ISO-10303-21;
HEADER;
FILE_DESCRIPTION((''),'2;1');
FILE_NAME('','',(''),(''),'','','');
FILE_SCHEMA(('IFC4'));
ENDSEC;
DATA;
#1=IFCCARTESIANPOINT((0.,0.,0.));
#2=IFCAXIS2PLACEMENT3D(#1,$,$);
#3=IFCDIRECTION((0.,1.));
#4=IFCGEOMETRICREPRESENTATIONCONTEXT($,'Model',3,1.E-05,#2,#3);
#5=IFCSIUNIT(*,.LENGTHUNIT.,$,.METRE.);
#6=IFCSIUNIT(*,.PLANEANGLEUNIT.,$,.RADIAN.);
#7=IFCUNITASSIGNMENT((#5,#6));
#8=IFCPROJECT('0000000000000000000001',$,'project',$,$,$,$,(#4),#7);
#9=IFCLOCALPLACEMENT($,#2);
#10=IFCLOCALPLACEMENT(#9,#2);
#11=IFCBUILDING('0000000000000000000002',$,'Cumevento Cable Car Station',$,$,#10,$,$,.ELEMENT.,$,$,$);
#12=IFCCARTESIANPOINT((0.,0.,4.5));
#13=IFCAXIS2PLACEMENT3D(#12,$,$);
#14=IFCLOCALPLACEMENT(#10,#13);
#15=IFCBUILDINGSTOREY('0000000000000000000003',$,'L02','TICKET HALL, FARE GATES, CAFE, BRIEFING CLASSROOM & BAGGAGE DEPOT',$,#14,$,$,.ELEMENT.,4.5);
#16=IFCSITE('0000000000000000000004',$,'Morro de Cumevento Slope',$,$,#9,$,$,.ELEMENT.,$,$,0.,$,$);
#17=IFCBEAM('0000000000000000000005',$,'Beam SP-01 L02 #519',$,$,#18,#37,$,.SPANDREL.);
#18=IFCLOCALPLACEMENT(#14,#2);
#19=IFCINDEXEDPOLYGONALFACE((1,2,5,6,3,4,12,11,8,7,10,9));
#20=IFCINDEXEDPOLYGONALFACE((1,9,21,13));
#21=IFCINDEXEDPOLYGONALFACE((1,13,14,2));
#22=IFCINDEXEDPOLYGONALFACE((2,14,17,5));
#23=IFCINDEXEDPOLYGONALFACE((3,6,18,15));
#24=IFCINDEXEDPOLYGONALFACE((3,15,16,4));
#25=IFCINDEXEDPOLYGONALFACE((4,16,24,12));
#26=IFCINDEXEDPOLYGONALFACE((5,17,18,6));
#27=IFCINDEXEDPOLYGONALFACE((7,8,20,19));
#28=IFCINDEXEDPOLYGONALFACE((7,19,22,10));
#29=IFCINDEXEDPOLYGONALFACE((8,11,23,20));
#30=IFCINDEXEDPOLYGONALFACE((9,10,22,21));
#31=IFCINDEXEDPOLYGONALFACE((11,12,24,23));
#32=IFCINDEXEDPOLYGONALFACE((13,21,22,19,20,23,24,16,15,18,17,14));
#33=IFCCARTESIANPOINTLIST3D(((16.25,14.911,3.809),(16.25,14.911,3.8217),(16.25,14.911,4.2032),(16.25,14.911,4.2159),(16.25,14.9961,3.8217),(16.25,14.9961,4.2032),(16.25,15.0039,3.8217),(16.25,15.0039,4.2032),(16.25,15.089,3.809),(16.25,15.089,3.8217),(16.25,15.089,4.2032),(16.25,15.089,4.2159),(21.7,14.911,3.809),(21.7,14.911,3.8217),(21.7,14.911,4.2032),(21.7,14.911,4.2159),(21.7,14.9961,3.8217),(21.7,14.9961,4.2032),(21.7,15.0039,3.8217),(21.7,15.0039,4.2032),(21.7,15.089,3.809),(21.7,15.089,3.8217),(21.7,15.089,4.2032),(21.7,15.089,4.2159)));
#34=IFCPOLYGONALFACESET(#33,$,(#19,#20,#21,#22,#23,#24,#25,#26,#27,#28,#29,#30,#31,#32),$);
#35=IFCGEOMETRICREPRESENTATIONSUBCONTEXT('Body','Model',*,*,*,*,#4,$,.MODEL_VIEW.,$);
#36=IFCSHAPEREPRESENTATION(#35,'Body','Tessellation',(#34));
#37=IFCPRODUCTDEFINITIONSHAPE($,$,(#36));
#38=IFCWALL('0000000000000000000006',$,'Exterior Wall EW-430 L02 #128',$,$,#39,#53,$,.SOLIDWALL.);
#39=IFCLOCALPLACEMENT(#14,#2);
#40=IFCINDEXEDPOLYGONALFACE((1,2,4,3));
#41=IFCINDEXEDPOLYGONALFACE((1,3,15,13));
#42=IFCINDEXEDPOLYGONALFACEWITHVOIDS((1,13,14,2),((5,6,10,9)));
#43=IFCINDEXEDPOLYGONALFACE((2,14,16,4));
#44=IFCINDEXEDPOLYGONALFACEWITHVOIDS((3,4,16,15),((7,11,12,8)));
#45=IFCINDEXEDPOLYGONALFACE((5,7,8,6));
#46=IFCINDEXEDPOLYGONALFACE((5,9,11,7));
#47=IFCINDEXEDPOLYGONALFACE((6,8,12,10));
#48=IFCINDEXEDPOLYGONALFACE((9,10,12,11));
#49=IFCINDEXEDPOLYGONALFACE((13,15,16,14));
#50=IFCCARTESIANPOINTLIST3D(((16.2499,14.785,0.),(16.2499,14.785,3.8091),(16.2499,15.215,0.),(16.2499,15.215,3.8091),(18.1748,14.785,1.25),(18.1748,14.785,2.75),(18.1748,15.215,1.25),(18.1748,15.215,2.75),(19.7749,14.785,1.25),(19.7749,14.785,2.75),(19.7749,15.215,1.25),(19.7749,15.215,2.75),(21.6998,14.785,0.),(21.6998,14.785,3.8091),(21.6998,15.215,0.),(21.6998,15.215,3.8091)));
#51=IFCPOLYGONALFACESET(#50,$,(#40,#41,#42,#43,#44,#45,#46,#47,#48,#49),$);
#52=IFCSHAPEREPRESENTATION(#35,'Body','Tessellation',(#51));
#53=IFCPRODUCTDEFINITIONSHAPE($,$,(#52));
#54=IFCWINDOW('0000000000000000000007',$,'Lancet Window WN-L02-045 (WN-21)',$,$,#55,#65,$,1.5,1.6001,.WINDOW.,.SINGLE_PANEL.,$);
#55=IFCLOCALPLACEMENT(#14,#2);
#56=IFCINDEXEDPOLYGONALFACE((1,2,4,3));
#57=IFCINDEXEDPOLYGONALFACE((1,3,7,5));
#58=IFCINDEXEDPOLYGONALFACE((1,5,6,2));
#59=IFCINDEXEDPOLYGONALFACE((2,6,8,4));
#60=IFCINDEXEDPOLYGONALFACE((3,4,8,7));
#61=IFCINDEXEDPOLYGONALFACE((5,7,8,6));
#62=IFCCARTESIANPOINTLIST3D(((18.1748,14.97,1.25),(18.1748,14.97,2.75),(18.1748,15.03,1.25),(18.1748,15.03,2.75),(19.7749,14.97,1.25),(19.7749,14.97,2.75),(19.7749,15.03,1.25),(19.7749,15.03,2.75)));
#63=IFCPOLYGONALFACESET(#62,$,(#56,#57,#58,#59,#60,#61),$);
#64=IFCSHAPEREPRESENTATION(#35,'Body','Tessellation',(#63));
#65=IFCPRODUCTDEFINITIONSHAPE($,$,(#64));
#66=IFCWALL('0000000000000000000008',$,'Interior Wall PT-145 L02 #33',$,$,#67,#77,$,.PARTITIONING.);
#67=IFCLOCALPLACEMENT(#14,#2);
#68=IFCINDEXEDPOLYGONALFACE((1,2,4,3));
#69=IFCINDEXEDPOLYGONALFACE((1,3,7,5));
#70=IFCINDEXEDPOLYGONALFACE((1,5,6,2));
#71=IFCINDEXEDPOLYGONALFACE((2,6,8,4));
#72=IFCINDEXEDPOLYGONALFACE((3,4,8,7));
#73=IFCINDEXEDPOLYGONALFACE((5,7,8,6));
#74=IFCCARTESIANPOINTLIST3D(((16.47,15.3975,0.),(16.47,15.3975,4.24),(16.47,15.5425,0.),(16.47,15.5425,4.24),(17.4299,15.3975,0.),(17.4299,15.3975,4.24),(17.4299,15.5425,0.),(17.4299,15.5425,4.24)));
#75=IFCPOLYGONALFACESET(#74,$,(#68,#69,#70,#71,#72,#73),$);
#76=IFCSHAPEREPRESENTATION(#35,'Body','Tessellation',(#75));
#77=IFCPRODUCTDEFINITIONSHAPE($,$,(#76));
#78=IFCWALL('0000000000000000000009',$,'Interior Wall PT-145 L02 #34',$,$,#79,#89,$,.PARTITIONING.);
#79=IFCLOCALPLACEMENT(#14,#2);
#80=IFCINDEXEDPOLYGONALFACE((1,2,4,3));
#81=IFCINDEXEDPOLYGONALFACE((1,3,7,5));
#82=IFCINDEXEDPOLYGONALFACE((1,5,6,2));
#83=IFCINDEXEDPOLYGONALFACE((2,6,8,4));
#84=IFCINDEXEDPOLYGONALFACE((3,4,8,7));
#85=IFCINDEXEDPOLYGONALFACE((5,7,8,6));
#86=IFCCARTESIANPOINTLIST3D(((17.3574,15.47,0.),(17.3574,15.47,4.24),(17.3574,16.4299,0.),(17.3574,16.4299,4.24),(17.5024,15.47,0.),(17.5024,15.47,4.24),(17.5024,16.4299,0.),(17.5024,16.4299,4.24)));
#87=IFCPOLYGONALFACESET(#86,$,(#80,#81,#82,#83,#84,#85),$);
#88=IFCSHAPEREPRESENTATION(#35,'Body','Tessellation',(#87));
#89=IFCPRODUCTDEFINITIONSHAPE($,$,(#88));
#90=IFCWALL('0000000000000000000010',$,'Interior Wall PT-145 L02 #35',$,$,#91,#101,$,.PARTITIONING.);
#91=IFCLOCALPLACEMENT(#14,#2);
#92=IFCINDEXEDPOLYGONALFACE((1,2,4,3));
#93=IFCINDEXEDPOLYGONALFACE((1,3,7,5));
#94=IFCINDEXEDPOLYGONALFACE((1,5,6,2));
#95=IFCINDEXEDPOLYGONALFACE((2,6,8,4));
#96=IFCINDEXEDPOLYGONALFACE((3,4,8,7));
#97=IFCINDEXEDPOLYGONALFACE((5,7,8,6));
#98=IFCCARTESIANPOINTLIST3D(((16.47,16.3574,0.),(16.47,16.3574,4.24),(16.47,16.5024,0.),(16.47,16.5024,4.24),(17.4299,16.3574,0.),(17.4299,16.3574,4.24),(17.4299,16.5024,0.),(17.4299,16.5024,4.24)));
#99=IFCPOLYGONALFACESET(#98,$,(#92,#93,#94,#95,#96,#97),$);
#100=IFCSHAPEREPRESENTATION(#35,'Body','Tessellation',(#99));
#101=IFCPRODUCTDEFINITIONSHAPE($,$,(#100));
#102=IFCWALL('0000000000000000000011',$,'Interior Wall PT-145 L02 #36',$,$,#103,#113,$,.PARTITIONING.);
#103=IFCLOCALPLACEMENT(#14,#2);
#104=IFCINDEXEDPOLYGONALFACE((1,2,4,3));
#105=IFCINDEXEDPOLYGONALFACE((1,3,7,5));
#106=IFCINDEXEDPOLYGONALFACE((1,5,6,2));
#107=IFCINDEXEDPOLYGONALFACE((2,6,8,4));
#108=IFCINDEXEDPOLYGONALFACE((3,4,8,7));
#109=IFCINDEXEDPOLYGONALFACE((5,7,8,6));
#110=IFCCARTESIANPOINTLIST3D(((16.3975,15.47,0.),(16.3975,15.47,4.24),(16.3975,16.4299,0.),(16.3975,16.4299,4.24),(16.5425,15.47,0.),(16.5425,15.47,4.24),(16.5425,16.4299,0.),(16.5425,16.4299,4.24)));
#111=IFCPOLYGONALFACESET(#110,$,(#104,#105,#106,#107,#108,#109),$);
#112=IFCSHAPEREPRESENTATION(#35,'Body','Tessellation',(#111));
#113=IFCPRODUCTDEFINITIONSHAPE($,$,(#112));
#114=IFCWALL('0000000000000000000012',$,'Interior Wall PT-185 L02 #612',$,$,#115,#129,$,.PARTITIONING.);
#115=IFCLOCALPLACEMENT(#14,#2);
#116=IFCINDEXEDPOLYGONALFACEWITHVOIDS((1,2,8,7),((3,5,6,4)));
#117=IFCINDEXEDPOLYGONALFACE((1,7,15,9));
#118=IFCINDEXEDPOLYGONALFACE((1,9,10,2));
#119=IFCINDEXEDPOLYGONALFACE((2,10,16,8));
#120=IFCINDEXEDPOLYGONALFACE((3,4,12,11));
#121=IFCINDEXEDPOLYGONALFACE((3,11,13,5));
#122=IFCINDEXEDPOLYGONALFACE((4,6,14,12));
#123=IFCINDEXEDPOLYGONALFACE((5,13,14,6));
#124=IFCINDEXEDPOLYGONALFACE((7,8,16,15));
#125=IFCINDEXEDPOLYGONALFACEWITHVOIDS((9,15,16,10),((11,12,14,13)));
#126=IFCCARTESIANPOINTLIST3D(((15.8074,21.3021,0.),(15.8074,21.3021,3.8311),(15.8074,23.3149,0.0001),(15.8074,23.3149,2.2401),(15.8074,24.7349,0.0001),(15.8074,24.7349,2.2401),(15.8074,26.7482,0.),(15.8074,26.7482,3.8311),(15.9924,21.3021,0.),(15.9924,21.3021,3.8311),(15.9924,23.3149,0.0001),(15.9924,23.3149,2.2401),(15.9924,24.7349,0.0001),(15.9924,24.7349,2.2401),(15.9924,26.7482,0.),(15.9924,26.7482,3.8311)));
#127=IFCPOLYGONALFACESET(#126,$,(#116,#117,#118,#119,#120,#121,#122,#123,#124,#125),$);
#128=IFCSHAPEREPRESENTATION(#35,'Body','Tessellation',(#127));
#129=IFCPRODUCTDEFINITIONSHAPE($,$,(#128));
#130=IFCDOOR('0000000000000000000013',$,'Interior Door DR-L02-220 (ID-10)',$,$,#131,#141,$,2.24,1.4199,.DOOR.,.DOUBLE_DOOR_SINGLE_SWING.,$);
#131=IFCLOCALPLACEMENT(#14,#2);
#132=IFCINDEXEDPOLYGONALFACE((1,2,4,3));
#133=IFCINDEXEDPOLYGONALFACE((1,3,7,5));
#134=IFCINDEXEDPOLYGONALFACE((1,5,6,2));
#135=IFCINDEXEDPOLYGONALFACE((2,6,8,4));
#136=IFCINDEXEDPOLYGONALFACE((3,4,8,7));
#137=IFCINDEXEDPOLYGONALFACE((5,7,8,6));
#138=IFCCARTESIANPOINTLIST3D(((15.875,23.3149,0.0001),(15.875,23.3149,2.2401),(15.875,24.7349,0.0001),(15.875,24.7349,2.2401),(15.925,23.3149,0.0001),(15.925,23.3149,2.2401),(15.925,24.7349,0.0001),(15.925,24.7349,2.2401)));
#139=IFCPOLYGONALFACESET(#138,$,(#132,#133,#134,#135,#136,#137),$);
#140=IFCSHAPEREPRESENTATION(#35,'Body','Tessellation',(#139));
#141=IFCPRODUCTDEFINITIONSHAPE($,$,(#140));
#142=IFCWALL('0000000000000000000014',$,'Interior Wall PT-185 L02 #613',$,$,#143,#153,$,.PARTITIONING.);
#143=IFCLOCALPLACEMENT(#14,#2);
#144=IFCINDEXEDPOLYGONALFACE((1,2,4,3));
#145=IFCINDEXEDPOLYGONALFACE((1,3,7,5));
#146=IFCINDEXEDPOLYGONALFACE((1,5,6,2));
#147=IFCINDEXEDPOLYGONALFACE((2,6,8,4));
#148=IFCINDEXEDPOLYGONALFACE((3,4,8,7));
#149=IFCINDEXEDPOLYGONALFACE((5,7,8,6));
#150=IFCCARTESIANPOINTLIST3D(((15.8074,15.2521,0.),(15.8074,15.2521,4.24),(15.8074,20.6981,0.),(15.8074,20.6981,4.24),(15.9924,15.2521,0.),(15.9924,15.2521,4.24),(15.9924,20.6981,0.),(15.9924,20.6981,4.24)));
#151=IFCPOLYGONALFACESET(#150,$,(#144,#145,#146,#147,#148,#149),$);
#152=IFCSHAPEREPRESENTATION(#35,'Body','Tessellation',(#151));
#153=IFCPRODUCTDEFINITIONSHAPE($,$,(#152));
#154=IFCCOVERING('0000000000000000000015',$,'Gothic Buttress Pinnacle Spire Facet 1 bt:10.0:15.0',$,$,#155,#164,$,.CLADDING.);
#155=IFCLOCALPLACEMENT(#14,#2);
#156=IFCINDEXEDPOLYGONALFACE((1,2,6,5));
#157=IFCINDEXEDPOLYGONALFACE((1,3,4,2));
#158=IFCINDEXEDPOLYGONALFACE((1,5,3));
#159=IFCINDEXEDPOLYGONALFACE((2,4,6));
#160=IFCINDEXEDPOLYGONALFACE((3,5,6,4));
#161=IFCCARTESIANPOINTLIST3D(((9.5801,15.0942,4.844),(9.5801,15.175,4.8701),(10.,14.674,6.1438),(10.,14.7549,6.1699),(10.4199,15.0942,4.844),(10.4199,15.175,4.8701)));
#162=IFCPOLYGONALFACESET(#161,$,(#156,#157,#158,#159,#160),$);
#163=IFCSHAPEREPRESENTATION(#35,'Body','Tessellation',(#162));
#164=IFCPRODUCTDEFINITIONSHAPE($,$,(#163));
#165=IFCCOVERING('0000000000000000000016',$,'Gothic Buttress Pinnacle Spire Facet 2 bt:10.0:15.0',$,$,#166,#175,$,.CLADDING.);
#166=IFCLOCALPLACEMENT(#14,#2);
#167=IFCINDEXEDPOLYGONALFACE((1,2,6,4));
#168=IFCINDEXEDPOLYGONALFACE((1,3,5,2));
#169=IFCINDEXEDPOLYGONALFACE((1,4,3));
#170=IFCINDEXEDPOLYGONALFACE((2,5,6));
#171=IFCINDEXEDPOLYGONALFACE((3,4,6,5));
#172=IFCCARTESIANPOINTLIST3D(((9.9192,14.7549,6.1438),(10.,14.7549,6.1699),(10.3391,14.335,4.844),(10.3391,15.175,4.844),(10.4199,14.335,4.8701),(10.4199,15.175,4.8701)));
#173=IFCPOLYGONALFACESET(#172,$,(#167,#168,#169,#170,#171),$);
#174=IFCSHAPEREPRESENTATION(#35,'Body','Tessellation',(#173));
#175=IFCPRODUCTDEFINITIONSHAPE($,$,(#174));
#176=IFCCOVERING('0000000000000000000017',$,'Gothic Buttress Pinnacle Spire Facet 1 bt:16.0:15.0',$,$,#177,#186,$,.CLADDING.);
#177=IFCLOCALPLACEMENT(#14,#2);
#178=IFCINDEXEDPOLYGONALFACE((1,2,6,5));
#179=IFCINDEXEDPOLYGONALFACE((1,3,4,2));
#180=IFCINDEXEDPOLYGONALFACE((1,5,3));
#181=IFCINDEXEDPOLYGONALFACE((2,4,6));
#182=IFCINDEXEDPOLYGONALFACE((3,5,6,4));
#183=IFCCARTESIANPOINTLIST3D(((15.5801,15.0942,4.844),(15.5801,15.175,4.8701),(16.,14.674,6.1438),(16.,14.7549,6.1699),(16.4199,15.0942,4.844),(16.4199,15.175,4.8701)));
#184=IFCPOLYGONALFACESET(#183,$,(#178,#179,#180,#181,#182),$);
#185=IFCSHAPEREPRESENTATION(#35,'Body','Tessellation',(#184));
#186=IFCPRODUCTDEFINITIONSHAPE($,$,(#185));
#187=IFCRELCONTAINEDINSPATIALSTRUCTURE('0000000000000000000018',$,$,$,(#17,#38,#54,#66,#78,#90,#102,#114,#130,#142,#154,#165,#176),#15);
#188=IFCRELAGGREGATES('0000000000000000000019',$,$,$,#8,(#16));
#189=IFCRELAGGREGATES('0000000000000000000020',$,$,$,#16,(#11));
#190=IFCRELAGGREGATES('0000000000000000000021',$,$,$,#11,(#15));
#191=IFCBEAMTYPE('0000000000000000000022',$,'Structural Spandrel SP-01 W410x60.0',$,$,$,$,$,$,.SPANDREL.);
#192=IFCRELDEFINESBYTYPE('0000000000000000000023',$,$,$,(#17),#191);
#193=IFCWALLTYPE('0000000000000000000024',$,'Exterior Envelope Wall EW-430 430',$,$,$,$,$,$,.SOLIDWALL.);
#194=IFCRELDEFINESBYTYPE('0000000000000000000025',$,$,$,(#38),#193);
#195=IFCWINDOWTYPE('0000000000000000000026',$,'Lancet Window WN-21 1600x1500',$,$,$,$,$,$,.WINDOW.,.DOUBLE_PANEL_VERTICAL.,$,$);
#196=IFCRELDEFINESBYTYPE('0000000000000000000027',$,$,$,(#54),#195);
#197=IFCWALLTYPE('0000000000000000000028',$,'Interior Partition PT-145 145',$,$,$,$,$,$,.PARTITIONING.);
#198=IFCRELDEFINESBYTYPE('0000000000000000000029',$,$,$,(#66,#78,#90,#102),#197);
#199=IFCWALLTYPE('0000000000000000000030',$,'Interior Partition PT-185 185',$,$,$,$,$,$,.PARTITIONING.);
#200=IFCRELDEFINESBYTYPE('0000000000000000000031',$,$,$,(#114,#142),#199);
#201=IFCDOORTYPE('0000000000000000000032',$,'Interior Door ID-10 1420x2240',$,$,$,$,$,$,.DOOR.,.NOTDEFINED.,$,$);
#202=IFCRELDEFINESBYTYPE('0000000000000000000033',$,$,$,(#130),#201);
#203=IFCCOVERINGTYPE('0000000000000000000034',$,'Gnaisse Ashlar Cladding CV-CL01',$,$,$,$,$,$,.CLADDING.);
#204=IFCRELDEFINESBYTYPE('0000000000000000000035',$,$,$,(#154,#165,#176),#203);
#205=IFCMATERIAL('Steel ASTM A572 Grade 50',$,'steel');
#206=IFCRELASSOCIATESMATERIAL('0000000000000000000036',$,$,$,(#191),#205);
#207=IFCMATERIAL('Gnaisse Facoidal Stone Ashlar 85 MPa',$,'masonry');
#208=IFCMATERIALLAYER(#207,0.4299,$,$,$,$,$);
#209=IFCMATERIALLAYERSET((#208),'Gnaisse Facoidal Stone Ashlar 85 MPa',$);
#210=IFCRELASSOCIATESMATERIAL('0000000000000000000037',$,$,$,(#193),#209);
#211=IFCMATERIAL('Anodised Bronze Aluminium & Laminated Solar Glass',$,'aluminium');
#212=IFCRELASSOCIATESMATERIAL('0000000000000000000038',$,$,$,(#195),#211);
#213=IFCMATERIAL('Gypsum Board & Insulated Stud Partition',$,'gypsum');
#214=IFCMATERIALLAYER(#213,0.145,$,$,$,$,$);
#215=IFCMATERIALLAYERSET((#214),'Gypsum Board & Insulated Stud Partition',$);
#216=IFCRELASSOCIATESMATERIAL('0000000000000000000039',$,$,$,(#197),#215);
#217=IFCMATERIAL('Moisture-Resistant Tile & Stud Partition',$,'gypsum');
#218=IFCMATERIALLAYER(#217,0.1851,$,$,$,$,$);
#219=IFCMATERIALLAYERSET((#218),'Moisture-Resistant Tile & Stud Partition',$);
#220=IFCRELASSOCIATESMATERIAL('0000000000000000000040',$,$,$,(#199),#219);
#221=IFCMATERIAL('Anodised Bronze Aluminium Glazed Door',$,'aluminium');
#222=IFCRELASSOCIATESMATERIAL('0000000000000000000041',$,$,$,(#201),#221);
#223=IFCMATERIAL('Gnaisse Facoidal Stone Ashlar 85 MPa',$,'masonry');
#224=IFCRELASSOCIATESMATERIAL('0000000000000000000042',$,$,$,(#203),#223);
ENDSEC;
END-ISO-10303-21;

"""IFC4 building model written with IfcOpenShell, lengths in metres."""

from ifc_helpers import new_model, si_unit, direction, frame, frame_2d, origin, origin_2d, place, context, subcontext, project, spatial, polyline, rectangle, i_section, outline, extrude, material, layer, layer_set, material_profile, profile_set, type_object, element, fill, save


model = new_model("IFC4")

# Units and contexts
model_context = context("Model", 3, precision=1e-05, world=origin(), true_north=direction((0.0, 1.0)))
body_context = subcontext(model_context, "Body", "Model", "MODEL_VIEW")
ifc_project = project(units=[si_unit("LENGTHUNIT", "METRE"), si_unit("PLANEANGLEUNIT", "RADIAN")], contexts=[model_context])

# Site, building, storey
site_placement = place(None, origin())
site = spatial("IfcSite", under=ifc_project, at=site_placement, Name="Morro de Cumevento Slope", CompositionType="ELEMENT", RefElevation=0.0)
building_placement = place(site_placement, origin())
building = spatial("IfcBuilding", under=site, at=building_placement, Name="Cumevento Cable Car Station", CompositionType="ELEMENT")
storey_placement = place(building_placement, frame((0.0, 0.0, 4.5)))
storey = spatial("IfcBuildingStorey", under=building, at=storey_placement, Name="L02", Description="TICKET HALL, FARE GATES, CAFE, BRIEFING CLASSROOM & BAGGAGE DEPOT", CompositionType="ELEMENT", Elevation=4.5)

# Beam
ifc_material_1 = material(Name="Steel ASTM A572 Grade 50", Category="steel")
ifc_material_profile_1 = material_profile(ifc_material_1, i_section(OverallWidth=0.178, OverallDepth=0.407, WebThickness=0.0078, FlangeThickness=0.0127, at=origin_2d()), Name="W410x60.0")
ifc_profile_set_1 = profile_set([ifc_material_profile_1], Name="Steel ASTM A572 Grade 50")
beam_type_1 = type_object("IfcBeamType", Name="Structural Spandrel SP-01 W410x60.0", PredefinedType="SPANDREL", material=ifc_profile_set_1)
beam_1_placement = place(storey_placement, frame((16.25, 15.0, 4.0125), z_axis=(1.0, 0.0, 0.0), x_axis=(0.0, 1.0, 0.0)))
element("IfcBeam", 1, at=beam_1_placement, inside=storey, type_object=beam_type_1, Name="Beam SP-01 L02 #519", PredefinedType="SPANDREL", context=body_context, shape_type="SweptSolid", body=[
    extrude(i_section(OverallWidth=0.178, OverallDepth=0.407, WebThickness=0.0078, FlangeThickness=0.0127, at=origin_2d()), origin(), (0.0, 0.0, 1.0), 5.45),
])

# Wall, opening, window
ifc_material_2 = material(Name="Gnaisse Facoidal Stone Ashlar 85 MPa", Category="masonry")
ifc_layer_1 = layer(ifc_material_2, 0.4299)
ifc_layer_set_1 = layer_set([ifc_layer_1], Name="Gnaisse Facoidal Stone Ashlar 85 MPa")
wall_type_1 = type_object("IfcWallType", Name="Exterior Envelope Wall EW-430 430", PredefinedType="SOLIDWALL", material=ifc_layer_set_1)
wall_1_placement = place(storey_placement, frame((21.7, 15.0, 0.0), z_axis=(0.0, 0.0, 1.0), x_axis=(-1.0, 0.0, 0.0)))
wall_1 = element("IfcWall", 2, at=wall_1_placement, inside=storey, type_object=wall_type_1, Name="Exterior Wall EW-430 L02 #128", PredefinedType="SOLIDWALL", context=body_context, shape_type="SweptSolid", body=[
    extrude(rectangle(XDim=5.45, YDim=0.4299, at=frame_2d((2.7251, 0.0))), origin(), (0.0, 0.0, 1.0), 3.8091),
])
opening_1_placement = place(wall_1_placement, frame((1.925, 0.0, 1.25)))
opening_1 = element("IfcOpeningElement", 3, at=opening_1_placement, cuts=wall_1, PredefinedType="OPENING", context=body_context, shape_type="SweptSolid", body=[
    extrude(rectangle(XDim=1.6001, YDim=1.5, at=frame_2d((0.8, 0.75))), frame((0.0, 0.2249, 0.0), z_axis=(0.0, -1.0, 0.0), x_axis=(1.0, 0.0, 0.0)), (0.0, 0.0, 1.0), 0.45),
])
ifc_material_3 = material(Name="Anodised Bronze Aluminium & Laminated Solar Glass", Category="aluminium")
window_type = type_object("IfcWindowType", Name="Lancet Window WN-21 1600x1500", PartitioningType="DOUBLE_PANEL_VERTICAL", PredefinedType="WINDOW", material=ifc_material_3)
window_placement = place(opening_1_placement, origin())
window = element("IfcWindow", 4, at=window_placement, inside=storey, type_object=window_type, Name="Lancet Window WN-L02-045 (WN-21)", OverallHeight=1.5, OverallWidth=1.6001, PartitioningType="SINGLE_PANEL", PredefinedType="WINDOW", context=body_context, shape_type="SweptSolid", body=[
    extrude(rectangle(XDim=1.6001, YDim=1.5, at=frame_2d((0.8, 0.75))), frame((0.0, 0.03, 0.0), z_axis=(0.0, -1.0, 0.0), x_axis=(1.0, 0.0, 0.0)), (0.0, 0.0, 1.0), 0.0601),
])
fill(opening_1, window)

# Walls
ifc_material_4 = material(Name="Gypsum Board & Insulated Stud Partition", Category="gypsum")
ifc_layer_2 = layer(ifc_material_4, 0.145)
ifc_layer_set_2 = layer_set([ifc_layer_2], Name="Gypsum Board & Insulated Stud Partition")
wall_type_2 = type_object("IfcWallType", Name="Interior Partition PT-145 145", PredefinedType="PARTITIONING", material=ifc_layer_set_2)
for number, where, z_axis, x_axis, name in (
    (5, (16.47, 15.47, 0.0), (0.0, 0.0, 1.0), (1.0, 0.0, 0.0), "Interior Wall PT-145 L02 #33"),
    (6, (17.4299, 15.47, 0.0), (0.0, 0.0, 1.0), (0.0, 1.0, 0.0), "Interior Wall PT-145 L02 #34"),
    (7, (17.4299, 16.4299, 0.0), (0.0, 0.0, 1.0), (-1.0, 0.0, 0.0), "Interior Wall PT-145 L02 #35"),
    (8, (16.47, 16.4299, 0.0), (0.0, 0.0, 1.0), (0.0, -1.0, 0.0), "Interior Wall PT-145 L02 #36"),
):
    element("IfcWall", number, at=place(storey_placement, frame(where, z_axis=z_axis, x_axis=x_axis)), inside=storey, type_object=wall_type_2, Name=name, PredefinedType="PARTITIONING", context=body_context, shape_type="SweptSolid", body=[
        extrude(rectangle(XDim=0.96, YDim=0.145, at=frame_2d((0.48, 0.0))), origin(), (0.0, 0.0, 1.0), 4.24),
    ])

# Wall, opening, door
ifc_material_5 = material(Name="Moisture-Resistant Tile & Stud Partition", Category="gypsum")
ifc_layer_3 = layer(ifc_material_5, 0.1851)
ifc_layer_set_3 = layer_set([ifc_layer_3], Name="Moisture-Resistant Tile & Stud Partition")
wall_type_3 = type_object("IfcWallType", Name="Interior Partition PT-185 185", PredefinedType="PARTITIONING", material=ifc_layer_set_3)
wall_2_placement = place(storey_placement, frame((15.8999, 21.302, 0.0), z_axis=(0.0, 0.0, 1.0), x_axis=(0.0, 1.0, 0.0)))
wall_2 = element("IfcWall", 9, at=wall_2_placement, inside=storey, type_object=wall_type_3, Name="Interior Wall PT-185 L02 #612", PredefinedType="PARTITIONING", context=body_context, shape_type="SweptSolid", body=[
    extrude(rectangle(XDim=5.446, YDim=0.1851, at=frame_2d((2.7231, 0.0))), origin(), (0.0, 0.0, 1.0), 3.8311),
])
opening_2_placement = place(wall_2_placement, frame((2.0129, 0.0, 0.0)))
opening_2 = element("IfcOpeningElement", 10, at=opening_2_placement, cuts=wall_2, PredefinedType="OPENING", context=body_context, shape_type="SweptSolid", body=[
    extrude(rectangle(XDim=1.4199, YDim=2.24, at=frame_2d((0.71, 1.1201))), frame((0.0, 0.1025, 0.0), z_axis=(0.0, -1.0, 0.0), x_axis=(1.0, 0.0, 0.0)), (0.0, 0.0, 1.0), 0.2051),
])
ifc_material_6 = material(Name="Anodised Bronze Aluminium Glazed Door", Category="aluminium")
door_type = type_object("IfcDoorType", Name="Interior Door ID-10 1420x2240", OperationType="NOTDEFINED", PredefinedType="DOOR", material=ifc_material_6)
door_placement = place(opening_2_placement, origin())
door = element("IfcDoor", 11, at=door_placement, inside=storey, type_object=door_type, Name="Interior Door DR-L02-220 (ID-10)", OperationType="DOUBLE_DOOR_SINGLE_SWING", OverallHeight=2.24, OverallWidth=1.4199, PredefinedType="DOOR", context=body_context, shape_type="SweptSolid", body=[
    extrude(rectangle(XDim=1.4199, YDim=2.24, at=frame_2d((0.71, 1.1201))), frame((0.0, 0.0249, 0.0), z_axis=(0.0, -1.0, 0.0), x_axis=(1.0, 0.0, 0.0)), (0.0, 0.0, 1.0), 0.05),
])
fill(opening_2, door)

# Wall
wall_3_placement = place(storey_placement, frame((15.8999, 15.252, 0.0), z_axis=(0.0, 0.0, 1.0), x_axis=(0.0, 1.0, 0.0)))
element("IfcWall", 12, at=wall_3_placement, inside=storey, type_object=wall_type_3, Name="Interior Wall PT-185 L02 #613", PredefinedType="PARTITIONING", context=body_context, shape_type="SweptSolid", body=[
    extrude(rectangle(XDim=5.446, YDim=0.1851, at=frame_2d((2.7231, 0.0))), origin(), (0.0, 0.0, 1.0), 4.24),
])

# Coverings
ifc_material_7 = material(Name="Gnaisse Facoidal Stone Ashlar 85 MPa", Category="masonry")
covering_type = type_object("IfcCoveringType", Name="Gnaisse Ashlar Cladding CV-CL01", PredefinedType="CLADDING", material=ifc_material_7)
covering_1_placement = place(storey_placement, frame((9.5801, 15.175, 4.8701), z_axis=(0.0, 0.951521, 0.307582), x_axis=(1.0, 0.0, 0.0)))
element("IfcCovering", 13, at=covering_1_placement, inside=storey, type_object=covering_type, Name="Gothic Buttress Pinnacle Spire Facet 1 bt:10.0:15.0", PredefinedType="CLADDING", context=body_context, shape_type="SweptSolid", body=[
    extrude(outline(polyline([(0.0, 0.0), (0.8398, 0.0), (0.4199, -1.366), (0.0, 0.0)])), origin(), (0.0, 0.0, -1.0), 0.085),
])
covering_2_placement = place(storey_placement, frame((10.4199, 15.175, 4.8701), z_axis=(0.951574, 0.0, 0.307421), x_axis=(0.0, -1.0, 0.0)))
element("IfcCovering", 14, at=covering_2_placement, inside=storey, type_object=covering_type, Name="Gothic Buttress Pinnacle Spire Facet 2 bt:10.0:15.0", PredefinedType="CLADDING", context=body_context, shape_type="SweptSolid", body=[
    extrude(outline(polyline([(0.0, 0.0), (0.8401, 0.0), (0.4202, -1.366), (0.0, 0.0)])), origin(), (0.0, 0.0, -1.0), 0.085),
])
covering_3_placement = place(storey_placement, frame((15.5801, 15.175, 4.8701), z_axis=(0.0, 0.951521, 0.307582), x_axis=(1.0, 0.0, 0.0)))
element("IfcCovering", 15, at=covering_3_placement, inside=storey, type_object=covering_type, Name="Gothic Buttress Pinnacle Spire Facet 1 bt:16.0:15.0", PredefinedType="CLADDING", context=body_context, shape_type="SweptSolid", body=[
    extrude(outline(polyline([(0.0, 0.0), (0.8398, 0.0), (0.4199, -1.366), (0.0, 0.0)])), origin(), (0.0, 0.0, -1.0), 0.085),
])

save(model, "model.ifc")
